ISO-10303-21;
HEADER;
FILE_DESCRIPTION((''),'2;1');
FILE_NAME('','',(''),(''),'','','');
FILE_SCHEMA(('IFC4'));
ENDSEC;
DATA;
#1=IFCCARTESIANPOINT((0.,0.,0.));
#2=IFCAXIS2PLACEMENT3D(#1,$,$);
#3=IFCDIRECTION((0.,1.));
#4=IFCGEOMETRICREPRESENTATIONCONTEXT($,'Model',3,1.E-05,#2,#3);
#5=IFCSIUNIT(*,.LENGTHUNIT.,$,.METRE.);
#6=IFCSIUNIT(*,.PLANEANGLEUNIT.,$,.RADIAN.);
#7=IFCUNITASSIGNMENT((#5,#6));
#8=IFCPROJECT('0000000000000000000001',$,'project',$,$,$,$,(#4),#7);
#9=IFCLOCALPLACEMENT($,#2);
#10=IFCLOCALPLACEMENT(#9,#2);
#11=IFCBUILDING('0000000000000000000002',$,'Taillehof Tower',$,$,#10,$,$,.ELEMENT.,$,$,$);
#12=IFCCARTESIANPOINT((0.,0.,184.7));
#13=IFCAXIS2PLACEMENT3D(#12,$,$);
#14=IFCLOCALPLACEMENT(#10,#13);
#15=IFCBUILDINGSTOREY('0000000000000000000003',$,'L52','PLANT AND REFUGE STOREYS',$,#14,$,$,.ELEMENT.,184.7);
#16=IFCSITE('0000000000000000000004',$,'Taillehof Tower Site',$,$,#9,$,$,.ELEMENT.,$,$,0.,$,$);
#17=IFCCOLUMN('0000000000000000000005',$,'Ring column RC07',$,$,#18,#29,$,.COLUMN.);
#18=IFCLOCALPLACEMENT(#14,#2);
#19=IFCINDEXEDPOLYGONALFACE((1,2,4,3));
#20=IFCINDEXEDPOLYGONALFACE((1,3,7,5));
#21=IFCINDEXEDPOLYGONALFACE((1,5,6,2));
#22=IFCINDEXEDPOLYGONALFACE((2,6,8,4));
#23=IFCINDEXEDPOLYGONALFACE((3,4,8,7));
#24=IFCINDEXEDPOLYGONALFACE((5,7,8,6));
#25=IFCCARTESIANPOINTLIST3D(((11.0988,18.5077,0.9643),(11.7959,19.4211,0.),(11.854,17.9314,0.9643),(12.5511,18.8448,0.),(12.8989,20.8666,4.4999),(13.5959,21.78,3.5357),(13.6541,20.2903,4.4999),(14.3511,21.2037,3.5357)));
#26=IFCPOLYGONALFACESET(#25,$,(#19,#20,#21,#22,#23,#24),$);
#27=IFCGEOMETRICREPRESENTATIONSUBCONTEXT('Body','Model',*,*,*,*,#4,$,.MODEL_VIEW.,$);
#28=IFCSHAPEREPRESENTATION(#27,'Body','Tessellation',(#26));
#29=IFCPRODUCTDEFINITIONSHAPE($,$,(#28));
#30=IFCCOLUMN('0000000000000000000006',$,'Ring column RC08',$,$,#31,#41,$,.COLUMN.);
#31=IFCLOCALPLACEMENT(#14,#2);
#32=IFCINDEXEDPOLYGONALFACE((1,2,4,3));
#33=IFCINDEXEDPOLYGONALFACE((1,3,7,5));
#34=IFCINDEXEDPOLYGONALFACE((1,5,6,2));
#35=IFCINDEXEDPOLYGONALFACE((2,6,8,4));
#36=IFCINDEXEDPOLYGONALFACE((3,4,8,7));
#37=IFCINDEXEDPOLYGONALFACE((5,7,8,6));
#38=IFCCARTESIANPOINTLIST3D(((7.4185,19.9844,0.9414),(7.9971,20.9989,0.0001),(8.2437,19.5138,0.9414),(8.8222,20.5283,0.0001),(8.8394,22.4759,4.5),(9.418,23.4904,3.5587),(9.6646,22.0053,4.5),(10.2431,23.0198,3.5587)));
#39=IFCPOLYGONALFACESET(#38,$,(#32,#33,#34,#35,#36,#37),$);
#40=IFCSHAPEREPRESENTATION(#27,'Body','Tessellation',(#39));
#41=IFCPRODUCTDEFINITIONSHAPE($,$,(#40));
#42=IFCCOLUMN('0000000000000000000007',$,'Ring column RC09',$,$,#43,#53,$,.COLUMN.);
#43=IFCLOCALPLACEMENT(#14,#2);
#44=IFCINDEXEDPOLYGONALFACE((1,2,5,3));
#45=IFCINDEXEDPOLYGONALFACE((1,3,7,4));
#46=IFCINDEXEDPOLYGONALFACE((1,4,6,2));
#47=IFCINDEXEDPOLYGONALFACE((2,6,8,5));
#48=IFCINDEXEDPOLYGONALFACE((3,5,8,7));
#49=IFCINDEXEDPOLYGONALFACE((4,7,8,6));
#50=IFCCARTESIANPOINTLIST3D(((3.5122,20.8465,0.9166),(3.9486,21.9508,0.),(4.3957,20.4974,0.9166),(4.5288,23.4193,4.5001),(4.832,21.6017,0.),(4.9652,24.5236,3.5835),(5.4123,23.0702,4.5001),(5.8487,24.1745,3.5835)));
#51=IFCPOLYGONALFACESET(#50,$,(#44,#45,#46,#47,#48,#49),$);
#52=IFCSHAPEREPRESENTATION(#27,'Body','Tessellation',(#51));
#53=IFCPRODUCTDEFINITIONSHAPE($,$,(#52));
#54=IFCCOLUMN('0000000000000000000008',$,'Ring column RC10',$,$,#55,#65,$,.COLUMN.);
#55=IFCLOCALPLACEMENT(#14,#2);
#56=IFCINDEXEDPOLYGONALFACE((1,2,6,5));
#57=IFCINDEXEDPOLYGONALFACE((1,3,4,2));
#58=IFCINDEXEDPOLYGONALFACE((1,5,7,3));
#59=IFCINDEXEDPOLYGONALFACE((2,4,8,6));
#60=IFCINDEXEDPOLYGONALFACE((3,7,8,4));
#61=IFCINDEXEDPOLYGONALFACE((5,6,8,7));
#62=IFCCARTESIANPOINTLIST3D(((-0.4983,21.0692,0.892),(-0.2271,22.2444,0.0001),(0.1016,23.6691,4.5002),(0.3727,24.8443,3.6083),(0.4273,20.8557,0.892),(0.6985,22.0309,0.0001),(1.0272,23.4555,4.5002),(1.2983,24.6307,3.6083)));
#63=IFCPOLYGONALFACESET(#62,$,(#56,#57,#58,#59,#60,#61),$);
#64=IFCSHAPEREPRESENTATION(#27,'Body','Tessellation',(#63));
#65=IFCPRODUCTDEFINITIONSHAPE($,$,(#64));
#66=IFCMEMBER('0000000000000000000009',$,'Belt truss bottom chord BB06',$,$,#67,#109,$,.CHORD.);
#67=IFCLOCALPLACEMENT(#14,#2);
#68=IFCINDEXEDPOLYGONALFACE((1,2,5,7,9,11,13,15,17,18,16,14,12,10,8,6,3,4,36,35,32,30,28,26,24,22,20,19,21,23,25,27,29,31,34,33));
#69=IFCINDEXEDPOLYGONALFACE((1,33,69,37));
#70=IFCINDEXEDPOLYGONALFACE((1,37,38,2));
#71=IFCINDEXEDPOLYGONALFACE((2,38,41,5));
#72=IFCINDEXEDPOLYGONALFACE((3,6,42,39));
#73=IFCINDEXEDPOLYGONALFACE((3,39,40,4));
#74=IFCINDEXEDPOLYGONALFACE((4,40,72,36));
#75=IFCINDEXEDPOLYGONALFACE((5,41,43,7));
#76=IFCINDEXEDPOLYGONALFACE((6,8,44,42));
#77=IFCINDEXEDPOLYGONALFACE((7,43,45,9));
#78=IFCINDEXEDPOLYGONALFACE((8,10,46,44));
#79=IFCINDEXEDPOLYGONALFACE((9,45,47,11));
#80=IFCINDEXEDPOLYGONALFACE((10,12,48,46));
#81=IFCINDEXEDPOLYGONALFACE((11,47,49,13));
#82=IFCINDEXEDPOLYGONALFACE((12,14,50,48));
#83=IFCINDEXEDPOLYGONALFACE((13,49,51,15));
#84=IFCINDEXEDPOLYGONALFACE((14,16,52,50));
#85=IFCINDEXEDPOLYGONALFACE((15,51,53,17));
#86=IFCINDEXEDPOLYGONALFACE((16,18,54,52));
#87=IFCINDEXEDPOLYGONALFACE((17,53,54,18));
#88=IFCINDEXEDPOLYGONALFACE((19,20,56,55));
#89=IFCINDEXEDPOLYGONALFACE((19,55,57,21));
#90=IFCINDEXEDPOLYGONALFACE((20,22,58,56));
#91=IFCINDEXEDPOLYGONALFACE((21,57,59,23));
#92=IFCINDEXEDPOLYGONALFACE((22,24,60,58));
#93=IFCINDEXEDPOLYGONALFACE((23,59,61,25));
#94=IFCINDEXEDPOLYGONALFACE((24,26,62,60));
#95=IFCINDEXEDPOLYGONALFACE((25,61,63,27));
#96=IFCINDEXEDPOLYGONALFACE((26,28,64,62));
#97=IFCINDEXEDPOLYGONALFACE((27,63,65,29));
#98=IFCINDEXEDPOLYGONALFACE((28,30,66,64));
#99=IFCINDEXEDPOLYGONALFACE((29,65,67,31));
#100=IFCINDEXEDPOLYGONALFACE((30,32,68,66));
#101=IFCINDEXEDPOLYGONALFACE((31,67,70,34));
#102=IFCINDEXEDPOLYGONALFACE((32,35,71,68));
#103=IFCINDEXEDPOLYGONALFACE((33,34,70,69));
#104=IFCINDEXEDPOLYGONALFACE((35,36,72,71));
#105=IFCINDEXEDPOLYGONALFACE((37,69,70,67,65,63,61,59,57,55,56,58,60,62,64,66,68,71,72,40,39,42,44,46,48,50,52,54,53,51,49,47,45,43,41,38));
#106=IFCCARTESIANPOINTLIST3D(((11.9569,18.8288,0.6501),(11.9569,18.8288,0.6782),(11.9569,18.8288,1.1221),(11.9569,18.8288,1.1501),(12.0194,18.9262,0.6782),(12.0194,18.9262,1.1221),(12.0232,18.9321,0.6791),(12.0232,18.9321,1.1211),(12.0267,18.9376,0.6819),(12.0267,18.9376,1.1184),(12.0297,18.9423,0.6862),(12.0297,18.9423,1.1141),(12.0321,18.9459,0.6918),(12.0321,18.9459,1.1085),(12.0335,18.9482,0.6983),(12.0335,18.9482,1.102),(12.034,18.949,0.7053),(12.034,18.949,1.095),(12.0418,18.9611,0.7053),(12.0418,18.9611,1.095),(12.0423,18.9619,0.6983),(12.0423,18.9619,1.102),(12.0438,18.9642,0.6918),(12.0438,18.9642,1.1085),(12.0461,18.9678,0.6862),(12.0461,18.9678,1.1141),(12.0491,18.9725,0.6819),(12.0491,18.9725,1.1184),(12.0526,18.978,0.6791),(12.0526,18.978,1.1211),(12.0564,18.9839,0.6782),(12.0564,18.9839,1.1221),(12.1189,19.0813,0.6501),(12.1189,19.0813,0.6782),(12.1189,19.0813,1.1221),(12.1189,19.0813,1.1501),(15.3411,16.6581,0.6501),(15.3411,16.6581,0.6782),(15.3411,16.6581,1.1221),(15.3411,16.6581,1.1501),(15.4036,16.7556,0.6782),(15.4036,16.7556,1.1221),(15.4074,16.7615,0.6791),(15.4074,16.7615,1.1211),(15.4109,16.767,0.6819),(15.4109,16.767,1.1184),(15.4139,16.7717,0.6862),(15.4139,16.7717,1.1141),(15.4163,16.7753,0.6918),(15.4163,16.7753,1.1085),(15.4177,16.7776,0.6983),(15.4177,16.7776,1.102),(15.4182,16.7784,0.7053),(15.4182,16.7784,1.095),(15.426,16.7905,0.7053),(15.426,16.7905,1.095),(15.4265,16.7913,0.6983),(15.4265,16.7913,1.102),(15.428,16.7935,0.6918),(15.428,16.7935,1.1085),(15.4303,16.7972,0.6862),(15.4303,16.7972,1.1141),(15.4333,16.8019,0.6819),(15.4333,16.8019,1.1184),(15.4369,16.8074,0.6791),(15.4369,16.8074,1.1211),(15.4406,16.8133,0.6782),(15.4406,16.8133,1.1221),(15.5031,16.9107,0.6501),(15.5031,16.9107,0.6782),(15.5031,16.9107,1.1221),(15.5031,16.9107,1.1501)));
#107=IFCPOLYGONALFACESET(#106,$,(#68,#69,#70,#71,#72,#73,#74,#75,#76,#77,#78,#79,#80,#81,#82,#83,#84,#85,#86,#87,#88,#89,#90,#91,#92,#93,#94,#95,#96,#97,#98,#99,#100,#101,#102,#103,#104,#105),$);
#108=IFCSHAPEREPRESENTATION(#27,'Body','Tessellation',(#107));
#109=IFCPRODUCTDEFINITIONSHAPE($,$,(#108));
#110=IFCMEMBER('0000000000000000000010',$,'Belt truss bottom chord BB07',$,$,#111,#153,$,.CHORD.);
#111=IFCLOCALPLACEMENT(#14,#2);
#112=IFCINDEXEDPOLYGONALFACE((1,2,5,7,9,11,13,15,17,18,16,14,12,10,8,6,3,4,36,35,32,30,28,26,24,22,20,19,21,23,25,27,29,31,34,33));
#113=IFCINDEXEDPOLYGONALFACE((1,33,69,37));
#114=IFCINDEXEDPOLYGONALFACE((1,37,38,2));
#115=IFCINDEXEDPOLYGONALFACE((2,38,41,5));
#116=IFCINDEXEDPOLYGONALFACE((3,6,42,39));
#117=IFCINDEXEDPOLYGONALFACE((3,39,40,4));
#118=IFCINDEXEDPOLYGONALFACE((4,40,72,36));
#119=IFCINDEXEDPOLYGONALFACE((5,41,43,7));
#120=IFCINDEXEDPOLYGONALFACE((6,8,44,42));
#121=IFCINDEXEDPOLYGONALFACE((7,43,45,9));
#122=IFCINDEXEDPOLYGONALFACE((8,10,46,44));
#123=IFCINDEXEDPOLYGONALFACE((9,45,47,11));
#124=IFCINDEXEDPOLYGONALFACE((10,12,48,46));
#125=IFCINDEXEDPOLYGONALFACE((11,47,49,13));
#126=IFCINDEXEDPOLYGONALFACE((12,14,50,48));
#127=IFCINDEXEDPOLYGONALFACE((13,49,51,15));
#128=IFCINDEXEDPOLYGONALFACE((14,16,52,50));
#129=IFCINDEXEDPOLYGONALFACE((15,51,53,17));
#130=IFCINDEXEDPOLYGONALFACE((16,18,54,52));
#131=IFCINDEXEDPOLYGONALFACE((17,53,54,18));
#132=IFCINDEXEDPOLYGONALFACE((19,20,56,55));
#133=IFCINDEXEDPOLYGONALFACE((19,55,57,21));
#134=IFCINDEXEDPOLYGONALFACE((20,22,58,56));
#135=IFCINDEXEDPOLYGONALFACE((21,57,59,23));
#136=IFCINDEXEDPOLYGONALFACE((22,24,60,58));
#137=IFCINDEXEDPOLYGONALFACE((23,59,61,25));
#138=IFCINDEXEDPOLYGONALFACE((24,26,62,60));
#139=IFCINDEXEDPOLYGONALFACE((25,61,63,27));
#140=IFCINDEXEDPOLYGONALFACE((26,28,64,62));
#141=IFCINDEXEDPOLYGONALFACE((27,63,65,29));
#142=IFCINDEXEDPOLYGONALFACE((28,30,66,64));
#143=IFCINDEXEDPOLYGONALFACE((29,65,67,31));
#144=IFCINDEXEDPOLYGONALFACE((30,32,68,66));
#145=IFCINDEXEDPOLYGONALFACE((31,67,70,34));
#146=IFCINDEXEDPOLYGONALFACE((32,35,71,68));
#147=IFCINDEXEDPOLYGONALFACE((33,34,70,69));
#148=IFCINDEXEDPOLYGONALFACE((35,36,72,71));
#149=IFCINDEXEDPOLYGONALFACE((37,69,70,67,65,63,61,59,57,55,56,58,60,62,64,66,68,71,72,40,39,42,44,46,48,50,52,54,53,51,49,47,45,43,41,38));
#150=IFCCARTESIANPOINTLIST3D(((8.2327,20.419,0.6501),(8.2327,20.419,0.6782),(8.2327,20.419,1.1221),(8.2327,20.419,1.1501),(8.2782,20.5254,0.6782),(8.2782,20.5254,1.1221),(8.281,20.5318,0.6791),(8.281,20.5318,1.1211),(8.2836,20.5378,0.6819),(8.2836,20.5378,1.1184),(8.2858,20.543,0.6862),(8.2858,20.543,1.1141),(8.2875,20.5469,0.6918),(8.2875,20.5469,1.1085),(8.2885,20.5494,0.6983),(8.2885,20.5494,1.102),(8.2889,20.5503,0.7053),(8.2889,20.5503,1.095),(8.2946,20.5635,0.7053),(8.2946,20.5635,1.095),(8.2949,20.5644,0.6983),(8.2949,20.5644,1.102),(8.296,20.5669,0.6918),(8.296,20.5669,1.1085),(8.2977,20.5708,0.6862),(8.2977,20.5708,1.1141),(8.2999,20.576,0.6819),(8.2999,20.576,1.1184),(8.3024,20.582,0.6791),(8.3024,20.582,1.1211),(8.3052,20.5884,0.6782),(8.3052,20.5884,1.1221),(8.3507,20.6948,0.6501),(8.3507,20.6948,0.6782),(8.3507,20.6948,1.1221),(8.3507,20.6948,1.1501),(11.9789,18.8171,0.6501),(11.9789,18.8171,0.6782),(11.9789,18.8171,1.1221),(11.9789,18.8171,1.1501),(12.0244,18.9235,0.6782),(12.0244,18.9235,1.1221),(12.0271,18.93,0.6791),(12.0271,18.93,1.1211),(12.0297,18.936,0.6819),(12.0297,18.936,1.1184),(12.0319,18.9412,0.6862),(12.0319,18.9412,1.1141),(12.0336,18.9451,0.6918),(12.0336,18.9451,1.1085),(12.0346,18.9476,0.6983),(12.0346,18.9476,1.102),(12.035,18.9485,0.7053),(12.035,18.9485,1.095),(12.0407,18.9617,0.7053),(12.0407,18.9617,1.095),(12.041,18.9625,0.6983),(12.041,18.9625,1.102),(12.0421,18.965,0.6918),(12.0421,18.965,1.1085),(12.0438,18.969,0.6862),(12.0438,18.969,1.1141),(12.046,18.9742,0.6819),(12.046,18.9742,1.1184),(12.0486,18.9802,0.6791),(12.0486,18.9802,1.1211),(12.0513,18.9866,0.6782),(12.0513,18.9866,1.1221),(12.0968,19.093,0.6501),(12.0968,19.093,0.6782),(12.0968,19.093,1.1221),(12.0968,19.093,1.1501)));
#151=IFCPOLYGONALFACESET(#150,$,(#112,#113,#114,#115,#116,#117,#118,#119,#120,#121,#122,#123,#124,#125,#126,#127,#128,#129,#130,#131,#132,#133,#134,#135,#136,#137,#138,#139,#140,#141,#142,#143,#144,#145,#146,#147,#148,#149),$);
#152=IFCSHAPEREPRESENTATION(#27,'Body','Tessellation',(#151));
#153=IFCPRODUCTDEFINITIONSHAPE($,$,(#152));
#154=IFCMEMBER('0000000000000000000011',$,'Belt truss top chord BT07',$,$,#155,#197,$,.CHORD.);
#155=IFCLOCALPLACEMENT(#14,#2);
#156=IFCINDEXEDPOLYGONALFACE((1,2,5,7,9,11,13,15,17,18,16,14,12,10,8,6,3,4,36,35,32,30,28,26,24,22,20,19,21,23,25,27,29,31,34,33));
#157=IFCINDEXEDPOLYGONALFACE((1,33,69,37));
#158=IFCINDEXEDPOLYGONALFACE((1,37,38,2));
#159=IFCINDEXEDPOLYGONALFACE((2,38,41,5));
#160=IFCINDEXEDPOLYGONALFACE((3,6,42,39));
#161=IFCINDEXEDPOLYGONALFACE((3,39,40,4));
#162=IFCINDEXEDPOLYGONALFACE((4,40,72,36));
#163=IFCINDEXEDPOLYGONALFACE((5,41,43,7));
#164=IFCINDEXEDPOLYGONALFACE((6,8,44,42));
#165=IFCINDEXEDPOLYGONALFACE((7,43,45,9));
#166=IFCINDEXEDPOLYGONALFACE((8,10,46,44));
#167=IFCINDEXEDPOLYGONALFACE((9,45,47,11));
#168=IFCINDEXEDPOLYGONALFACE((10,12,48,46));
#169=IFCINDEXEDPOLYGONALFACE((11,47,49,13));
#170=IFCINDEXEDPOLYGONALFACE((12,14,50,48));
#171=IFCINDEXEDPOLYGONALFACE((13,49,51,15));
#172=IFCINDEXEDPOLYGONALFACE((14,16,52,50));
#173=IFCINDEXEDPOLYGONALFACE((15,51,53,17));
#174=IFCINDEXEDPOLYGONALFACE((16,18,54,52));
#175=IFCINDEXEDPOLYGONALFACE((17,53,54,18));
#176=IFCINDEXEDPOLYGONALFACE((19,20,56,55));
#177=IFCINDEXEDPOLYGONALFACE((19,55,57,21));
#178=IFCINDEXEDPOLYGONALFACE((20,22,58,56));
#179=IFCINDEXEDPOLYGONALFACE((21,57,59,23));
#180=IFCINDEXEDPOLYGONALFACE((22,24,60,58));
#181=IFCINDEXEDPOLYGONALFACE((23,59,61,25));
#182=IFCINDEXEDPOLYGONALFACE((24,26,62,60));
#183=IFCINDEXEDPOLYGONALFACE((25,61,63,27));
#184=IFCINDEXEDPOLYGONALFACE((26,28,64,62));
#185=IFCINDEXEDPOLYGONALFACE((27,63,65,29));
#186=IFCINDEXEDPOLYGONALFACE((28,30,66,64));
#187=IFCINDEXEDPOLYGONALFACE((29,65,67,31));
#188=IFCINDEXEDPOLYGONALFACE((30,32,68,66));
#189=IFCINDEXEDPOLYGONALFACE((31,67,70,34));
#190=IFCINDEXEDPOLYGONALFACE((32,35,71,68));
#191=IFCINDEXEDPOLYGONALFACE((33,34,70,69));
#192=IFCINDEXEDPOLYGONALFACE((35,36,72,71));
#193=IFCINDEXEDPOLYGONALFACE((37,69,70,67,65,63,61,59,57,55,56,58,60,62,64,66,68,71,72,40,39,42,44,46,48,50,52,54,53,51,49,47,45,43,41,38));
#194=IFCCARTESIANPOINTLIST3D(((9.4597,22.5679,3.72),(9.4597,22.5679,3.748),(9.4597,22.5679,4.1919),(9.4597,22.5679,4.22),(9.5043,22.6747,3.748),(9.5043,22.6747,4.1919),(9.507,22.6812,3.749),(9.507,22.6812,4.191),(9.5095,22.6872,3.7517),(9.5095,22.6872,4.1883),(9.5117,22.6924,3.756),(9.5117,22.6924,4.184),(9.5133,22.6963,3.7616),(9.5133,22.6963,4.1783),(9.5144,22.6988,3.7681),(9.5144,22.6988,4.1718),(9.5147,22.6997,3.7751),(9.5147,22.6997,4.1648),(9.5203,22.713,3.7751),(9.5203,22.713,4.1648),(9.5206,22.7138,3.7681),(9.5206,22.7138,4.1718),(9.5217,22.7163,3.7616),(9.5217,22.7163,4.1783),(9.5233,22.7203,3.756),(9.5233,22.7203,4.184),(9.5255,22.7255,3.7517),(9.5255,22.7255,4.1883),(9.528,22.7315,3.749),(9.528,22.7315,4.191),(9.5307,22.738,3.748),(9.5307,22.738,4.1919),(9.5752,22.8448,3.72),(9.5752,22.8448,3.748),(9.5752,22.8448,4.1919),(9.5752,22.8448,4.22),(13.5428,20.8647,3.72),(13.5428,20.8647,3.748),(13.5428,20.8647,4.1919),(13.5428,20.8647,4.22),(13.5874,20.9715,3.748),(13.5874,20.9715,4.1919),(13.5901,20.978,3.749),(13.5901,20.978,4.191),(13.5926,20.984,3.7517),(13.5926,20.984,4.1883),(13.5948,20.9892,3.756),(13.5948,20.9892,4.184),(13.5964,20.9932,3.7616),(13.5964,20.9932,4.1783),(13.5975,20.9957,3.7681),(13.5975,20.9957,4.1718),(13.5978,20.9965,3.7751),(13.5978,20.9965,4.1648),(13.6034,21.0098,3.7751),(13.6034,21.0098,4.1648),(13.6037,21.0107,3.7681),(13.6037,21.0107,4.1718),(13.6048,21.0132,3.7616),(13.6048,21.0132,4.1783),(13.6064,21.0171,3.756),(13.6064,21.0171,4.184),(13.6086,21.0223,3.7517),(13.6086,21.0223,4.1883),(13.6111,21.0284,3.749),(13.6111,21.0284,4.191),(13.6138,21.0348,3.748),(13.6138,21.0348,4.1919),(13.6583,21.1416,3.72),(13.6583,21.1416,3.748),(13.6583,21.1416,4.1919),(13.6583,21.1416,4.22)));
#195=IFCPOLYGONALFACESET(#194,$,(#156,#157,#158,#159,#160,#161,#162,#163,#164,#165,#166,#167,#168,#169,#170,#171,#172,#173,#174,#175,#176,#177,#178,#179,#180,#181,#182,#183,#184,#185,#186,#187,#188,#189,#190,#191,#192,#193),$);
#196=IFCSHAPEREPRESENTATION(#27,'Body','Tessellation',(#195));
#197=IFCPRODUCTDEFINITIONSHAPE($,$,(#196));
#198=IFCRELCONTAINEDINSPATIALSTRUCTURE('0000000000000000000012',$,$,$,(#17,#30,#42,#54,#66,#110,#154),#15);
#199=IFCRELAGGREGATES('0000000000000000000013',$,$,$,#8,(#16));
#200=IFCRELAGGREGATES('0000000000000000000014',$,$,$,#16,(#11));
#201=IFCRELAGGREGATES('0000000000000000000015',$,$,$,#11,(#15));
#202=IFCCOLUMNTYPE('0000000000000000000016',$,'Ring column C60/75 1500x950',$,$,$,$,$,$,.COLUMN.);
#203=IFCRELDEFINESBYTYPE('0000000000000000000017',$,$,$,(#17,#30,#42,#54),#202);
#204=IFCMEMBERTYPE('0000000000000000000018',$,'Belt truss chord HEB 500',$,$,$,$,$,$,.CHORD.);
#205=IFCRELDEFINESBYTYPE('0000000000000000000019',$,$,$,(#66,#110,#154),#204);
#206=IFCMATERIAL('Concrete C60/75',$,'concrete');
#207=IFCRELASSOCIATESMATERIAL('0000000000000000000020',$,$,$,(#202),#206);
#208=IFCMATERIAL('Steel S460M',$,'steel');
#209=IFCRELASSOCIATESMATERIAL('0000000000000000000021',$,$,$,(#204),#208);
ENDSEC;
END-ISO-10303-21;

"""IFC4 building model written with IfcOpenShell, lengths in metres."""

from ifc_helpers import new_model, si_unit, direction, frame, origin, origin_2d, place, context, subcontext, project, spatial, rectangle, i_section, extrude, material, material_profile, profile_set, type_object, element, save


model = new_model("IFC4")

# Units and contexts
model_context = context("Model", 3, precision=1e-05, world=origin(), true_north=direction((0.0, 1.0)))
body_context = subcontext(model_context, "Body", "Model", "MODEL_VIEW")
ifc_project = project(units=[si_unit("LENGTHUNIT", "METRE"), si_unit("PLANEANGLEUNIT", "RADIAN")], contexts=[model_context])

# Site, building, storey
site_placement = place(None, origin())
site = spatial("IfcSite", under=ifc_project, at=site_placement, Name="Taillehof Tower Site", CompositionType="ELEMENT", RefElevation=0.0)
building_placement = place(site_placement, origin())
building = spatial("IfcBuilding", under=site, at=building_placement, Name="Taillehof Tower", CompositionType="ELEMENT")
storey_placement = place(building_placement, frame((0.0, 0.0, 184.7)))
storey = spatial("IfcBuildingStorey", under=building, at=storey_placement, Name="L52", Description="PLANT AND REFUGE STOREYS", CompositionType="ELEMENT", Elevation=184.7)

# Columns
ifc_material_1 = material(Name="Concrete C60/75", Category="concrete")
ifc_material_profile_1 = material_profile(ifc_material_1, rectangle(XDim=1.5, YDim=0.95, at=origin_2d()), Name="RC 1500x950")
ifc_profile_set_1 = profile_set([ifc_material_profile_1], Name="Concrete C60/75")
column_type = type_object("IfcColumnType", Name="Ring column C60/75 1500x950", PredefinedType="COLUMN", material=ifc_profile_set_1)
column_1_placement = place(storey_placement, frame((11.825, 18.6763, 0.4822), z_axis=(0.389978, 0.51105, 0.765993), x_axis=(-0.464682, -0.608946, 0.642849)))
element("IfcColumn", 1, at=column_1_placement, inside=storey, type_object=column_type, Name="Ring column RC07", PredefinedType="COLUMN", context=body_context, shape_type="SweptSolid", body=[
    extrude(rectangle(XDim=1.5, YDim=0.95, at=origin_2d()), origin(), (0.0, 0.0, 1.0), 4.6157),
])
column_2_placement = place(storey_placement, frame((8.1204, 20.2563, 0.4707), z_axis=(0.310882, 0.545111, 0.778593), x_axis=(-0.385719, -0.676334, 0.62753)))
element("IfcColumn", 2, at=column_2_placement, inside=storey, type_object=column_type, Name="Ring column RC08", PredefinedType="COLUMN", context=body_context, shape_type="SweptSolid", body=[
    extrude(rectangle(XDim=1.5, YDim=0.95, at=origin_2d()), origin(), (0.0, 0.0, 1.0), 4.5706),
])
column_3_placement = place(storey_placement, frame((4.1721, 21.2241, 0.4583), z_axis=(0.224563, 0.56831, 0.791578), x_axis=(-0.290899, -0.736189, 0.611068)))
element("IfcColumn", 3, at=column_3_placement, inside=storey, type_object=column_type, Name="Ring column RC09", PredefinedType="COLUMN", context=body_context, shape_type="SweptSolid", body=[
    extrude(rectangle(XDim=1.5, YDim=0.95, at=origin_2d()), origin(), (0.0, 0.0, 1.0), 4.5271),
])
column_4_placement = place(storey_placement, frame((0.1001, 21.55, 0.446), z_axis=(0.133671, 0.579352, 0.804042), x_axis=(-0.180764, -0.783459, 0.594573)))
element("IfcColumn", 4, at=column_4_placement, inside=storey, type_object=column_type, Name="Ring column RC10", PredefinedType="COLUMN", context=body_context, shape_type="SweptSolid", body=[
    extrude(rectangle(XDim=1.5, YDim=0.95, at=origin_2d()), origin(), (0.0, 0.0, 1.0), 4.4875),
])

# Members
ifc_material_2 = material(Name="Steel S460M", Category="steel")
ifc_material_profile_2 = material_profile(ifc_material_2, i_section(OverallWidth=0.3, OverallDepth=0.5, WebThickness=0.0144, FlangeThickness=0.0281, FilletRadius=0.0271, at=origin_2d()), Name="HEB 500")
ifc_profile_set_2 = profile_set([ifc_material_profile_2], Name="Steel S460M")
member_type_1 = type_object("IfcMemberType", Name="Belt truss chord HEB 500", PredefinedType="CHORD", material=ifc_profile_set_2)
member_1_placement = place(storey_placement, frame((15.4221, 16.7844, 0.9001), z_axis=(-0.841738, 0.539886, 0.0), x_axis=(-0.539886, -0.841738, 0.0)))
element("IfcMember", 5, at=member_1_placement, inside=storey, type_object=member_type_1, Name="Belt truss bottom chord BB06", PredefinedType="CHORD", context=body_context, shape_type="SweptSolid", body=[
    extrude(i_section(OverallWidth=0.3, OverallDepth=0.5, WebThickness=0.0144, FlangeThickness=0.0281, FilletRadius=0.0271, at=origin_2d()), origin(), (0.0, 0.0, 1.0), 4.0205),
])
member_2_placement = place(storey_placement, frame((12.0378, 18.9551, 0.9001), z_axis=(-0.91947, 0.39316, 0.0), x_axis=(-0.39316, -0.91947, 0.0)))
element("IfcMember", 6, at=member_2_placement, inside=storey, type_object=member_type_1, Name="Belt truss bottom chord BB07", PredefinedType="CHORD", context=body_context, shape_type="SweptSolid", body=[
    extrude(i_section(OverallWidth=0.3, OverallDepth=0.5, WebThickness=0.0144, FlangeThickness=0.0281, FilletRadius=0.0271, at=origin_2d()), origin(), (0.0, 0.0, 1.0), 4.0742),
])
member_3_placement = place(storey_placement, frame((13.6006, 21.0032, 3.97), z_axis=(-0.922927, 0.384976, 0.0), x_axis=(-0.384976, -0.922927, 0.0)))
element("IfcMember", 7, at=member_3_placement, inside=storey, type_object=member_type_1, Name="Belt truss top chord BT07", PredefinedType="CHORD", context=body_context, shape_type="SweptSolid", body=[
    extrude(i_section(OverallWidth=0.3, OverallDepth=0.5, WebThickness=0.0144, FlangeThickness=0.0281, FilletRadius=0.0271, at=origin_2d()), origin(), (0.0, 0.0, 1.0), 4.4241),
])

save(model, "model.ifc")
